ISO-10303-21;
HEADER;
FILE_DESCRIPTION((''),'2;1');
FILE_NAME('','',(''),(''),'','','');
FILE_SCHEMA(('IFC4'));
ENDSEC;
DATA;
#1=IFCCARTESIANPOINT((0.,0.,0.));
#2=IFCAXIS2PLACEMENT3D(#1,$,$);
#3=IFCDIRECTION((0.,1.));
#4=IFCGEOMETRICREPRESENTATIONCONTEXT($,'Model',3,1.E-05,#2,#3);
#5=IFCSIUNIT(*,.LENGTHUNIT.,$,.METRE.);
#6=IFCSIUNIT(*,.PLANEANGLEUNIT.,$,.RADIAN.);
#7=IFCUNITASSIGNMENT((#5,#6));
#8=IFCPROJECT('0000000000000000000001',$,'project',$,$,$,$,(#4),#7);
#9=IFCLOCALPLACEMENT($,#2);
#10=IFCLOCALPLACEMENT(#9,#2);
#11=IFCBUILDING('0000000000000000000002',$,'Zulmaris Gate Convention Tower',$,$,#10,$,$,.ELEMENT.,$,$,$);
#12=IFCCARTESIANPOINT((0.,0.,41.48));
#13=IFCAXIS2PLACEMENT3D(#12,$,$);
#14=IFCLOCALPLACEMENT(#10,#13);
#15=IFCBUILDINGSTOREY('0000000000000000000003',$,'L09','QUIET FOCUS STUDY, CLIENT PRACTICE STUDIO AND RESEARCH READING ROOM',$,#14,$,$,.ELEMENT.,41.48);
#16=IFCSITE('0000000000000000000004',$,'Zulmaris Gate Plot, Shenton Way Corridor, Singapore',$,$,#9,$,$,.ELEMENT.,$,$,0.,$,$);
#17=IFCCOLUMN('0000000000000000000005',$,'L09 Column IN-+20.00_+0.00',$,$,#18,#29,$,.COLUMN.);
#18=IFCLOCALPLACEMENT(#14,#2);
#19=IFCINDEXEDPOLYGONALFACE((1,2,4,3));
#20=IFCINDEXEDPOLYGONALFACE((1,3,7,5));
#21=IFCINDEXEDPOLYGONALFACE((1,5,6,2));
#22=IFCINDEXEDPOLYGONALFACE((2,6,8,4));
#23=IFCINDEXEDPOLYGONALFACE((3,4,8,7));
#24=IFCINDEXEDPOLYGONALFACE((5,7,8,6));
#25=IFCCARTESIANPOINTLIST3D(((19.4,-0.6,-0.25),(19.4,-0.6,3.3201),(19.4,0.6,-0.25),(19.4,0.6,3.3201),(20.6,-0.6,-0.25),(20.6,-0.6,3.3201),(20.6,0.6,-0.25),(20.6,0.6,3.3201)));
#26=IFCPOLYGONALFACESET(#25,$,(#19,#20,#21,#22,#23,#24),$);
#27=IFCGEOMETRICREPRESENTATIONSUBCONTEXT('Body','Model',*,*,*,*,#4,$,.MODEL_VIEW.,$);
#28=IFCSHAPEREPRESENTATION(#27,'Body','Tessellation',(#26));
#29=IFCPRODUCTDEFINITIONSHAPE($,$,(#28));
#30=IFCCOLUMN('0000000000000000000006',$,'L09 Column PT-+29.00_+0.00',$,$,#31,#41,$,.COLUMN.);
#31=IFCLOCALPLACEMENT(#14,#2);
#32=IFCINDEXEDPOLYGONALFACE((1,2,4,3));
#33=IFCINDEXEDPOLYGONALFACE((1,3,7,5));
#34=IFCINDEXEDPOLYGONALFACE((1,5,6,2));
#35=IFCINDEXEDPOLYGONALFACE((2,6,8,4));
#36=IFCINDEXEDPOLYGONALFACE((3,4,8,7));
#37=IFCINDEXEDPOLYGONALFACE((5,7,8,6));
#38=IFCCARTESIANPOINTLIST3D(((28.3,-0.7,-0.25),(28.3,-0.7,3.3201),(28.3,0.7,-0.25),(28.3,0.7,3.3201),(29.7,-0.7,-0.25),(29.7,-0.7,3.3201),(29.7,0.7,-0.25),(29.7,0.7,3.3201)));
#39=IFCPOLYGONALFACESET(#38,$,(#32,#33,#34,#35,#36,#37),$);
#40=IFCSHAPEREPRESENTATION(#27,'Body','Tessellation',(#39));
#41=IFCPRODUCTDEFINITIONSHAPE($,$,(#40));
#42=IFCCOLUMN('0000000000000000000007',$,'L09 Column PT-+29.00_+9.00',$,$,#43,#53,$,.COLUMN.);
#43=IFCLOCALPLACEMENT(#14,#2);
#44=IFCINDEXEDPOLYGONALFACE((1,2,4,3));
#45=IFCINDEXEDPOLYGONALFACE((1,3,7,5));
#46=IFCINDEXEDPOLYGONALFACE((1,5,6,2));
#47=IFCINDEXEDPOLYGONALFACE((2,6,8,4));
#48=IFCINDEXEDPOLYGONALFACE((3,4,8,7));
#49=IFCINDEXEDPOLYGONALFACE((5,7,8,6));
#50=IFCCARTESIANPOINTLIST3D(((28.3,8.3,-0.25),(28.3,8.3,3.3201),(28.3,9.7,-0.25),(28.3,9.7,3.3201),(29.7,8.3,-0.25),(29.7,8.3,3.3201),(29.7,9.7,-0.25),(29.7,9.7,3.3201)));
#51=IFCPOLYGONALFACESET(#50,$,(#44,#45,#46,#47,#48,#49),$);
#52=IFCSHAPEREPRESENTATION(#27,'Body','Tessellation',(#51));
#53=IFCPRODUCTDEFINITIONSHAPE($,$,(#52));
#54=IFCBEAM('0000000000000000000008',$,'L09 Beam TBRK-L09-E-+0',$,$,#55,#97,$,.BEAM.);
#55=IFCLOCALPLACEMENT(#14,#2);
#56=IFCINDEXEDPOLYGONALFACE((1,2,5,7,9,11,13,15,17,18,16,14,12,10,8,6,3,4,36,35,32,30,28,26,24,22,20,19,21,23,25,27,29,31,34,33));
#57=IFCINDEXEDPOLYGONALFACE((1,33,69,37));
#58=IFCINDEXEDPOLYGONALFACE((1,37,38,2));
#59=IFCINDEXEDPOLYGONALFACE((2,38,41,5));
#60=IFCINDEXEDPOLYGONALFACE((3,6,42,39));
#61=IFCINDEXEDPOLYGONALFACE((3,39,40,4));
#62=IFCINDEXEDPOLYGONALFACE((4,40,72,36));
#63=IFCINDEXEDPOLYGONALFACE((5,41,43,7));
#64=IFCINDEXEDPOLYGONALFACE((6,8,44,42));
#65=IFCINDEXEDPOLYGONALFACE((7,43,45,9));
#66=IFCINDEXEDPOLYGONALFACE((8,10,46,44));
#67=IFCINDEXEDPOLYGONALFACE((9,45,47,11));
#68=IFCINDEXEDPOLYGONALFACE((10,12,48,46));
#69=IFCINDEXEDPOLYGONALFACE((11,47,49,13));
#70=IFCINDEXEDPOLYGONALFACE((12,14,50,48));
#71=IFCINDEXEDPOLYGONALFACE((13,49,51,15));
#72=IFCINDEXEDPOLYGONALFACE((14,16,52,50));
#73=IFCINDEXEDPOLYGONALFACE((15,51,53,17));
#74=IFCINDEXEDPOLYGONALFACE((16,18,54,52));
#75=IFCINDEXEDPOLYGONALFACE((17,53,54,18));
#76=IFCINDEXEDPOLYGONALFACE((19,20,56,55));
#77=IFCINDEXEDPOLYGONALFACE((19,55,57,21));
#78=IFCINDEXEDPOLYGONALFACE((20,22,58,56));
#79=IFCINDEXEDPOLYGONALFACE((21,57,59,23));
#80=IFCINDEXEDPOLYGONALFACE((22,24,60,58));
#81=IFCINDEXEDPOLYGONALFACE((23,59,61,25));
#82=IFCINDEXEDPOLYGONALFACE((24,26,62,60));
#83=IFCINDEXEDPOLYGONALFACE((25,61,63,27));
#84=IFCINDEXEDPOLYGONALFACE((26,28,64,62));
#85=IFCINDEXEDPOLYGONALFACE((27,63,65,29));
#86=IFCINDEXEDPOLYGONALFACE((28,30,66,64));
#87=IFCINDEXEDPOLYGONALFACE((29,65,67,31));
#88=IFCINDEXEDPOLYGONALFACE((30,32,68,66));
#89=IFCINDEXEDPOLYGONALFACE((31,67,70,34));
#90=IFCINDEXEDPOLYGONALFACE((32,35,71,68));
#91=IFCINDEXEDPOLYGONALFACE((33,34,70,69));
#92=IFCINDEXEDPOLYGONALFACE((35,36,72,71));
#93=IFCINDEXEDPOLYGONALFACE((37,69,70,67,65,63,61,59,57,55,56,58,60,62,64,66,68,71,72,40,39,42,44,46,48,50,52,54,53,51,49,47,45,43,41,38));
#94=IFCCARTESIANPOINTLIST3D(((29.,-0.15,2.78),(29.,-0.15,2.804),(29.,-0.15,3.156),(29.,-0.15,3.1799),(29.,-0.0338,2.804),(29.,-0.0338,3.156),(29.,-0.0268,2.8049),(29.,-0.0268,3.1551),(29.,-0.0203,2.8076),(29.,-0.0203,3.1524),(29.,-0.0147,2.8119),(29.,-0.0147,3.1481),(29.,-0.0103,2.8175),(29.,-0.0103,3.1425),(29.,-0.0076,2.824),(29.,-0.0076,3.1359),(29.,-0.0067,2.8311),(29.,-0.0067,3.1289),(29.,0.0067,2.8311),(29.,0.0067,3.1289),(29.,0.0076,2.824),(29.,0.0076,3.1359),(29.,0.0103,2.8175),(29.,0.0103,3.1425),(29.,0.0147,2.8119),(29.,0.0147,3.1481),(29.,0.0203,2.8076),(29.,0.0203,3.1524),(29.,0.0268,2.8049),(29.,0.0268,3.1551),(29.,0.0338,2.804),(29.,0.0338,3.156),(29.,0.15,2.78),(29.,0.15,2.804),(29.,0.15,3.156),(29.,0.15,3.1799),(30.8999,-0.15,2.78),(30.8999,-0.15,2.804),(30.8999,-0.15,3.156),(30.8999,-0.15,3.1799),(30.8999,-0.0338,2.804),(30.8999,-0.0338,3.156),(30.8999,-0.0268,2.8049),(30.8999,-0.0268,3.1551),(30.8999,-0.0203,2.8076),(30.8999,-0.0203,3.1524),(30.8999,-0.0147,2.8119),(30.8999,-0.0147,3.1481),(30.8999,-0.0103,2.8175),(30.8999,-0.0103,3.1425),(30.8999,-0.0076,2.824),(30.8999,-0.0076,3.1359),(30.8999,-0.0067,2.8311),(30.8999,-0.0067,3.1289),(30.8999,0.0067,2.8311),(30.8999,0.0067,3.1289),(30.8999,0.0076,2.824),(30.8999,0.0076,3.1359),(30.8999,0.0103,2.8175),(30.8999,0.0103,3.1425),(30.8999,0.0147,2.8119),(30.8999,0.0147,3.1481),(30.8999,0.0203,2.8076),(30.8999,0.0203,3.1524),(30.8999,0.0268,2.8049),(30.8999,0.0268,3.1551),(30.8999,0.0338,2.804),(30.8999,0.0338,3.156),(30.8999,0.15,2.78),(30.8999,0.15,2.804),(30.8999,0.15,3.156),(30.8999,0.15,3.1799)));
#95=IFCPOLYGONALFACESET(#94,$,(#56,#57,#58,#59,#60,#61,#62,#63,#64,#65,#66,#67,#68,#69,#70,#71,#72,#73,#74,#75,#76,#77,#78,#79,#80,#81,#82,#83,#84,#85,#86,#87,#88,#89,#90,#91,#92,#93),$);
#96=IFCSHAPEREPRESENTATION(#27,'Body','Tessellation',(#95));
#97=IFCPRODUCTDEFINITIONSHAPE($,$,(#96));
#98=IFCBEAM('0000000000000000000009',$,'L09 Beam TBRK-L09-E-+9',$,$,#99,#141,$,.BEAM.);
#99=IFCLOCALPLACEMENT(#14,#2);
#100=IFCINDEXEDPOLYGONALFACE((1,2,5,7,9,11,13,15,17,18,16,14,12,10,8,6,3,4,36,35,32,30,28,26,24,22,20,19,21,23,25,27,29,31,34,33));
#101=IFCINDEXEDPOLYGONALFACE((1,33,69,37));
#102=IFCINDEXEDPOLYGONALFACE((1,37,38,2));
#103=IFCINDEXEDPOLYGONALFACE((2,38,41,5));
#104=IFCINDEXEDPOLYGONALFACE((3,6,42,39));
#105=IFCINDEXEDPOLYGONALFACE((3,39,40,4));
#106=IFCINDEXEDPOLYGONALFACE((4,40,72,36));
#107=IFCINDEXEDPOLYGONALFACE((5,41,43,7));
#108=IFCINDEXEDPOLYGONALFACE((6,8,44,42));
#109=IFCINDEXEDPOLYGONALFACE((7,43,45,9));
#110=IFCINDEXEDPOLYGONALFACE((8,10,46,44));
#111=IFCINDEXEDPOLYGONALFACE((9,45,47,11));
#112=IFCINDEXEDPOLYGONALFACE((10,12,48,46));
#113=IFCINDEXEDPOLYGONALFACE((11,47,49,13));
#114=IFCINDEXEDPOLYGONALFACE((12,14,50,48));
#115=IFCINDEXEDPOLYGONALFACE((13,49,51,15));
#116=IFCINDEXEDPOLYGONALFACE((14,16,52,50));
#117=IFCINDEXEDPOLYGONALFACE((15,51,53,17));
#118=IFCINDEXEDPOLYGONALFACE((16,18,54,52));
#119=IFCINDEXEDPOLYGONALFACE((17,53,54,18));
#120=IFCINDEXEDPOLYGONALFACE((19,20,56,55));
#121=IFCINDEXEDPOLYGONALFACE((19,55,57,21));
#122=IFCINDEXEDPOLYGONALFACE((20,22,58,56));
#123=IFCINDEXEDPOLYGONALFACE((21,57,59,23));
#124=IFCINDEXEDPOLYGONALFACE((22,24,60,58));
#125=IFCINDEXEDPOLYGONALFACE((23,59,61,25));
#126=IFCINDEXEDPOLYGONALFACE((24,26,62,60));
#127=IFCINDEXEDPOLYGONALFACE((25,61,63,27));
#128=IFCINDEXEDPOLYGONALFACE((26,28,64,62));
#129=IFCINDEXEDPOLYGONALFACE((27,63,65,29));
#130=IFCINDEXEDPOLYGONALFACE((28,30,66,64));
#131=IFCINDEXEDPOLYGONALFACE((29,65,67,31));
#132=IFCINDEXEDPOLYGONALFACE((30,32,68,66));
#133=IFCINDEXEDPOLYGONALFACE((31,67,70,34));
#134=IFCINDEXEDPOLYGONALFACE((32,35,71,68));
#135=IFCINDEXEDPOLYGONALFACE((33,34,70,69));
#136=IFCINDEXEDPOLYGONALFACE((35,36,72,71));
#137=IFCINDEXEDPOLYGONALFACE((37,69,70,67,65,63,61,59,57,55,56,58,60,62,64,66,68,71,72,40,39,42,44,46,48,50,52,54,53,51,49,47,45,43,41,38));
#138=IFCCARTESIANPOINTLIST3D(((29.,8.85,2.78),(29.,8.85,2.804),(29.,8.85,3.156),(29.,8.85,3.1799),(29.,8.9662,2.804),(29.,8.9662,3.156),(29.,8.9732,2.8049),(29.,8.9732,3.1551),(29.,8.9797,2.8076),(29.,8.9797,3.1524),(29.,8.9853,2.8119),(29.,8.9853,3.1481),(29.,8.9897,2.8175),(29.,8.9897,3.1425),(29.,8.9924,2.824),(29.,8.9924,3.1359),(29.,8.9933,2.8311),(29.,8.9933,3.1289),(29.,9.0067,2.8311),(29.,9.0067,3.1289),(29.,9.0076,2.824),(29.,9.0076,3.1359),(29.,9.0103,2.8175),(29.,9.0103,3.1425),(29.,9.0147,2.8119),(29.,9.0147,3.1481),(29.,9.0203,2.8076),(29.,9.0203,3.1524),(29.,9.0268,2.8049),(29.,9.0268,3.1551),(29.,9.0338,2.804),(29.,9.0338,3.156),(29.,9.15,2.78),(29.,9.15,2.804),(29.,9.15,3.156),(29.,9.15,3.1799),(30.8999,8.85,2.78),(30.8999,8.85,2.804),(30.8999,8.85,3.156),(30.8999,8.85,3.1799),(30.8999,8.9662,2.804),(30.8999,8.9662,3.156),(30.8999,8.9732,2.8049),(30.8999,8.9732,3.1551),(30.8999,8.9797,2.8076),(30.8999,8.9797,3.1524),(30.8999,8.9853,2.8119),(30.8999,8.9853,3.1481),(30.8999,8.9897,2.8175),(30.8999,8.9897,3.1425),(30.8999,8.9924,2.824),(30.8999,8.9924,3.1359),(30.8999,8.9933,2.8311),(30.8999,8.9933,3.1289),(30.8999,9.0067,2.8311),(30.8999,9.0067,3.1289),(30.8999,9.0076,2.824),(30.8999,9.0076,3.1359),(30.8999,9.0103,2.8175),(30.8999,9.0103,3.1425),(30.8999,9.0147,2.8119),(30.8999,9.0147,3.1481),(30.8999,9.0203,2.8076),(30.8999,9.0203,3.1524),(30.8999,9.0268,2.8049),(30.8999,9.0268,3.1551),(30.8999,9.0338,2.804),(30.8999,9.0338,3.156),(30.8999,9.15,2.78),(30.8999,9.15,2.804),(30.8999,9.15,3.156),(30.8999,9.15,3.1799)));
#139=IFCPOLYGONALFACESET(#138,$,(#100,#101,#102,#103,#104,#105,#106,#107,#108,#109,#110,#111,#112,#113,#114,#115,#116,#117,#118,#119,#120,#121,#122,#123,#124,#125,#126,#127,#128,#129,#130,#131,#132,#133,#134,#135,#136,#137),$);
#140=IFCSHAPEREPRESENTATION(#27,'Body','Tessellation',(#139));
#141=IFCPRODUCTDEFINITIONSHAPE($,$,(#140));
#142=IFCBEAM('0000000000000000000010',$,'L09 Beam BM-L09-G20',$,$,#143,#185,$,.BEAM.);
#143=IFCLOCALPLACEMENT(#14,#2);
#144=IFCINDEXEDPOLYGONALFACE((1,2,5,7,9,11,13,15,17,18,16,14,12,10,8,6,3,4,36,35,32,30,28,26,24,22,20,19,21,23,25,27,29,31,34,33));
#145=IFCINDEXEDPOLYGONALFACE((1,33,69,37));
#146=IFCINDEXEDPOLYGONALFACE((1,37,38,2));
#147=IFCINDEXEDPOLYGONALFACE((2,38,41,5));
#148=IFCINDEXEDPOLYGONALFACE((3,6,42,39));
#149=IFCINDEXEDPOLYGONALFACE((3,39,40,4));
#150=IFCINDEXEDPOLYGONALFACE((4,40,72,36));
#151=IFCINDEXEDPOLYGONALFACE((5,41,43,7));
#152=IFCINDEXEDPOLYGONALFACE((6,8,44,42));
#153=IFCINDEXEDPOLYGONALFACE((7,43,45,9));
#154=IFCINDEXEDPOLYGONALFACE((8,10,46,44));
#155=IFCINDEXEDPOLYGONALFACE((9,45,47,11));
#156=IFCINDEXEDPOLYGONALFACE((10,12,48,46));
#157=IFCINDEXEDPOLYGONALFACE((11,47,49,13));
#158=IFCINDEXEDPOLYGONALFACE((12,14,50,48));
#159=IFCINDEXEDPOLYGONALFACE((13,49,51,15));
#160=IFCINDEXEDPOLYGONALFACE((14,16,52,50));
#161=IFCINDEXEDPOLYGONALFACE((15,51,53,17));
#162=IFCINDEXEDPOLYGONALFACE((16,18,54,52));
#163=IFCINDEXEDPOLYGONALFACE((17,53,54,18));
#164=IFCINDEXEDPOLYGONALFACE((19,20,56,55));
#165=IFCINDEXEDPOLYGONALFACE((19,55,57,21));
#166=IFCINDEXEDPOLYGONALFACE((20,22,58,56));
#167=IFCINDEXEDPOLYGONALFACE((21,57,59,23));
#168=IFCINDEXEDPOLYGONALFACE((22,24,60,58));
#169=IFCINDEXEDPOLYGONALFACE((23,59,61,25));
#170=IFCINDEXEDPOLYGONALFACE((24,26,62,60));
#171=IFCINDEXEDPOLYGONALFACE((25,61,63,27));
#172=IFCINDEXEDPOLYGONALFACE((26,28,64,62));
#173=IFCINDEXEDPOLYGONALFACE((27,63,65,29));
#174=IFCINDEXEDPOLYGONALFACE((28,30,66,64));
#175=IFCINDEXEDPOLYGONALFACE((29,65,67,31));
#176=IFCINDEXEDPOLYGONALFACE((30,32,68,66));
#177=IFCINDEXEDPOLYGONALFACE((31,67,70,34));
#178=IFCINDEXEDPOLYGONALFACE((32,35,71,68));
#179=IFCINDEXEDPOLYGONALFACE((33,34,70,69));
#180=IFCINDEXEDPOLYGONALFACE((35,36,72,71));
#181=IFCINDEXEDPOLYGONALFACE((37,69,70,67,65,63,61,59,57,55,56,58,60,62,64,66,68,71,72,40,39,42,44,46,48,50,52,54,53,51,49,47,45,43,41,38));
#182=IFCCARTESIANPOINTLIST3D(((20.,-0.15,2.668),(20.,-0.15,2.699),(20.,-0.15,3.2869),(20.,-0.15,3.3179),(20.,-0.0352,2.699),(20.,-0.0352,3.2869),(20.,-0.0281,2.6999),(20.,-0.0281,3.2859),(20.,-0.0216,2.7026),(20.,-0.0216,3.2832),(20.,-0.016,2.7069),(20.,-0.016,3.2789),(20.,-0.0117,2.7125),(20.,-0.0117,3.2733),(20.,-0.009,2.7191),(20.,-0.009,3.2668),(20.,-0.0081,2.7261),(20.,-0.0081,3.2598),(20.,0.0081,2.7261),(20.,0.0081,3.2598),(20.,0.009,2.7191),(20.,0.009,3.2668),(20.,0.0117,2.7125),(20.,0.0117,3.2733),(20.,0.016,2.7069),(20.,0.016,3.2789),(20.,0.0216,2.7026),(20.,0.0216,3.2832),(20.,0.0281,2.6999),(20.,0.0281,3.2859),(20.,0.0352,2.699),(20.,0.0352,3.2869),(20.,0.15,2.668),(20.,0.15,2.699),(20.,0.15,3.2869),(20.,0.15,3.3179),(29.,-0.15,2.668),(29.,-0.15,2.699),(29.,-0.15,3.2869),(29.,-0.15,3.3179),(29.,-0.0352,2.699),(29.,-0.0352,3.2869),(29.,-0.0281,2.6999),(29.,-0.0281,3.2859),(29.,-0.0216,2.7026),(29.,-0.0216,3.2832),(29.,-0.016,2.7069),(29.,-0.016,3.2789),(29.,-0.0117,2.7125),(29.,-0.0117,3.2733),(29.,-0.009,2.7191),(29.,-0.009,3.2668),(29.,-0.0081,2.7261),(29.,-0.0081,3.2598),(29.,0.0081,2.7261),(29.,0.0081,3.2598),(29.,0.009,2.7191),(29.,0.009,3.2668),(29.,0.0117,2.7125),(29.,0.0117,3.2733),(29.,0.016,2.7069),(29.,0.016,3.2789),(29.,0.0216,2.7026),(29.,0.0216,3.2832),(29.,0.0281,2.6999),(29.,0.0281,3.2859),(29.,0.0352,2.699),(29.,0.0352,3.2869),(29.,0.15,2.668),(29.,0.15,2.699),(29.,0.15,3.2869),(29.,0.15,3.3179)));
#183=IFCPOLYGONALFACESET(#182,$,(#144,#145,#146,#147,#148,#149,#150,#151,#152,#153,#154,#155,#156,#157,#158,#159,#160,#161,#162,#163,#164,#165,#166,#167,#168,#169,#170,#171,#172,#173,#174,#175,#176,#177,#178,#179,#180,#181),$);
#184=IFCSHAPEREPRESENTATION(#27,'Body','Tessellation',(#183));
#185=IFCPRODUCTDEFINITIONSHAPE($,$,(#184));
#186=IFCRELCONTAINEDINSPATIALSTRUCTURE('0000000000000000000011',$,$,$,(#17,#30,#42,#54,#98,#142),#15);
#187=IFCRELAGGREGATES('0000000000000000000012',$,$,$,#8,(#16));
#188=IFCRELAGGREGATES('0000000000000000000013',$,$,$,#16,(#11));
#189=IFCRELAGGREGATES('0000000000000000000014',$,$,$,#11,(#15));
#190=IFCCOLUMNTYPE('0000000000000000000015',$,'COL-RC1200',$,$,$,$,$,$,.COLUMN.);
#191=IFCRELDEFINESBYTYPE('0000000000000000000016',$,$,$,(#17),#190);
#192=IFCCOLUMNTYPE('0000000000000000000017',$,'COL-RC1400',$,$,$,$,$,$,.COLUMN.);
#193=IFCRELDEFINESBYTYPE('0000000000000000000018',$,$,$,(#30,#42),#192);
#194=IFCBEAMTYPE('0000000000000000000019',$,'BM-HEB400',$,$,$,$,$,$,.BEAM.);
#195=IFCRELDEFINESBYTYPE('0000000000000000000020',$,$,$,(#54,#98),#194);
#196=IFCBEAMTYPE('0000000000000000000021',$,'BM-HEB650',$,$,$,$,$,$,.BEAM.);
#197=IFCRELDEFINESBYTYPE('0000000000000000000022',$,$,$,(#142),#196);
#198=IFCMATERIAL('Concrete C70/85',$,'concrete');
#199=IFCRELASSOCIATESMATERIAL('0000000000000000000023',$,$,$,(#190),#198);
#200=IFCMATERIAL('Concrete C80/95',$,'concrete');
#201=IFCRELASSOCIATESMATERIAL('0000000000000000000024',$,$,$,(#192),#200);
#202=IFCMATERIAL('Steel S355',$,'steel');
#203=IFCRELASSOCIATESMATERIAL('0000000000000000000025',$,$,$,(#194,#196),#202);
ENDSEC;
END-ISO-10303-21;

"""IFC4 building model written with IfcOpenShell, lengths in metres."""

from ifc_helpers import new_model, si_unit, direction, frame, origin, origin_2d, place, context, subcontext, project, spatial, rectangle, i_section, extrude, material, material_profile, profile_set, type_object, element, save


model = new_model("IFC4")

# Units and contexts
model_context = context("Model", 3, precision=1e-05, world=origin(), true_north=direction((0.0, 1.0)))
body_context = subcontext(model_context, "Body", "Model", "MODEL_VIEW")
ifc_project = project(units=[si_unit("LENGTHUNIT", "METRE"), si_unit("PLANEANGLEUNIT", "RADIAN")], contexts=[model_context])

# Site, building, storey
site_placement = place(None, origin())
site = spatial("IfcSite", under=ifc_project, at=site_placement, Name="Zulmaris Gate Plot, Shenton Way Corridor, Singapore", CompositionType="ELEMENT", RefElevation=0.0)
building_placement = place(site_placement, origin())
building = spatial("IfcBuilding", under=site, at=building_placement, Name="Zulmaris Gate Convention Tower", CompositionType="ELEMENT")
storey_placement = place(building_placement, frame((0.0, 0.0, 41.48)))
storey = spatial("IfcBuildingStorey", under=building, at=storey_placement, Name="L09", Description="QUIET FOCUS STUDY, CLIENT PRACTICE STUDIO AND RESEARCH READING ROOM", CompositionType="ELEMENT", Elevation=41.48)

# Columns
ifc_material_1 = material(Name="Concrete C70/85", Category="concrete")
ifc_material_profile_1 = material_profile(ifc_material_1, rectangle(XDim=1.2, YDim=1.2, at=origin_2d()), Name="RC COL 1200x1200")
ifc_profile_set_1 = profile_set([ifc_material_profile_1], Name="Concrete C70/85")
column_type_1 = type_object("IfcColumnType", Name="COL-RC1200", PredefinedType="COLUMN", material=ifc_profile_set_1)
column_placement = place(storey_placement, frame((20.0, 0.0, -0.25), z_axis=(0.0, 0.0, 1.0), x_axis=(1.0, 0.0, 0.0)))
element("IfcColumn", 1, at=column_placement, inside=storey, type_object=column_type_1, Name="L09 Column IN-+20.00_+0.00", PredefinedType="COLUMN", context=body_context, shape_type="SweptSolid", body=[
    extrude(rectangle(XDim=1.2, YDim=1.2, at=origin_2d()), origin(), (0.0, 0.0, 1.0), 3.5701),
])
ifc_material_2 = material(Name="Concrete C80/95", Category="concrete")
ifc_material_profile_2 = material_profile(ifc_material_2, rectangle(XDim=1.3999, YDim=1.3999, at=origin_2d()), Name="RC COL 1400x1400")
ifc_profile_set_2 = profile_set([ifc_material_profile_2], Name="Concrete C80/95")
column_type_2 = type_object("IfcColumnType", Name="COL-RC1400", PredefinedType="COLUMN", material=ifc_profile_set_2)
for number, where, z_axis, x_axis, name in (
    (2, (29.0, 0.0, -0.25), (0.0, 0.0, 1.0), (1.0, 0.0, 0.0), "L09 Column PT-+29.00_+0.00"),
    (3, (29.0, 9.0, -0.25), (0.0, 0.0, 1.0), (1.0, 0.0, 0.0), "L09 Column PT-+29.00_+9.00"),
):
    element("IfcColumn", number, at=place(storey_placement, frame(where, z_axis=z_axis, x_axis=x_axis)), inside=storey, type_object=column_type_2, Name=name, PredefinedType="COLUMN", context=body_context, shape_type="SweptSolid", body=[
        extrude(rectangle(XDim=1.3999, YDim=1.3999, at=origin_2d()), origin(), (0.0, 0.0, 1.0), 3.5701),
    ])

# Beams
ifc_material_3 = material(Name="Steel S355", Category="steel")
ifc_material_profile_3 = material_profile(ifc_material_3, i_section(OverallWidth=0.3, OverallDepth=0.3999, WebThickness=0.0134, FlangeThickness=0.0239, FilletRadius=0.0271, at=origin_2d()), Name="HEB 400")
ifc_profile_set_3 = profile_set([ifc_material_profile_3], Name="Steel S355")
beam_type_1 = type_object("IfcBeamType", Name="BM-HEB400", PredefinedType="BEAM", material=ifc_profile_set_3)
for number, where, z_axis, x_axis, name in (
    (4, (29.0, 0.0, 2.98), (1.0, 0.0, 0.0), (0.0, 1.0, 0.0), "L09 Beam TBRK-L09-E-+0"),
    (5, (29.0, 9.0, 2.98), (1.0, 0.0, 0.0), (0.0, 1.0, 0.0), "L09 Beam TBRK-L09-E-+9"),
):
    element("IfcBeam", number, at=place(storey_placement, frame(where, z_axis=z_axis, x_axis=x_axis)), inside=storey, type_object=beam_type_1, Name=name, PredefinedType="BEAM", context=body_context, shape_type="SweptSolid", body=[
        extrude(i_section(OverallWidth=0.3, OverallDepth=0.3999, WebThickness=0.0134, FlangeThickness=0.0239, FilletRadius=0.0271, at=origin_2d()), origin(), (0.0, 0.0, 1.0), 1.8999),
    ])
ifc_material_profile_4 = material_profile(ifc_material_3, i_section(OverallWidth=0.3, OverallDepth=0.6499, WebThickness=0.0161, FlangeThickness=0.031, FilletRadius=0.0271, at=origin_2d()), Name="HEB 650")
ifc_profile_set_4 = profile_set([ifc_material_profile_4], Name="Steel S355")
beam_type_2 = type_object("IfcBeamType", Name="BM-HEB650", PredefinedType="BEAM", material=ifc_profile_set_4)
for number, where, z_axis, x_axis, name in (
    (6, (20.0, 0.0, 2.9929), (1.0, 0.0, 0.0), (0.0, 1.0, 0.0), "L09 Beam BM-L09-G20"),
):
    element("IfcBeam", number, at=place(storey_placement, frame(where, z_axis=z_axis, x_axis=x_axis)), inside=storey, type_object=beam_type_2, Name=name, PredefinedType="BEAM", context=body_context, shape_type="SweptSolid", body=[
        extrude(i_section(OverallWidth=0.3, OverallDepth=0.6499, WebThickness=0.0161, FlangeThickness=0.031, FilletRadius=0.0271, at=origin_2d()), origin(), (0.0, 0.0, 1.0), 9.0),
    ])

save(model, "model.ifc")
